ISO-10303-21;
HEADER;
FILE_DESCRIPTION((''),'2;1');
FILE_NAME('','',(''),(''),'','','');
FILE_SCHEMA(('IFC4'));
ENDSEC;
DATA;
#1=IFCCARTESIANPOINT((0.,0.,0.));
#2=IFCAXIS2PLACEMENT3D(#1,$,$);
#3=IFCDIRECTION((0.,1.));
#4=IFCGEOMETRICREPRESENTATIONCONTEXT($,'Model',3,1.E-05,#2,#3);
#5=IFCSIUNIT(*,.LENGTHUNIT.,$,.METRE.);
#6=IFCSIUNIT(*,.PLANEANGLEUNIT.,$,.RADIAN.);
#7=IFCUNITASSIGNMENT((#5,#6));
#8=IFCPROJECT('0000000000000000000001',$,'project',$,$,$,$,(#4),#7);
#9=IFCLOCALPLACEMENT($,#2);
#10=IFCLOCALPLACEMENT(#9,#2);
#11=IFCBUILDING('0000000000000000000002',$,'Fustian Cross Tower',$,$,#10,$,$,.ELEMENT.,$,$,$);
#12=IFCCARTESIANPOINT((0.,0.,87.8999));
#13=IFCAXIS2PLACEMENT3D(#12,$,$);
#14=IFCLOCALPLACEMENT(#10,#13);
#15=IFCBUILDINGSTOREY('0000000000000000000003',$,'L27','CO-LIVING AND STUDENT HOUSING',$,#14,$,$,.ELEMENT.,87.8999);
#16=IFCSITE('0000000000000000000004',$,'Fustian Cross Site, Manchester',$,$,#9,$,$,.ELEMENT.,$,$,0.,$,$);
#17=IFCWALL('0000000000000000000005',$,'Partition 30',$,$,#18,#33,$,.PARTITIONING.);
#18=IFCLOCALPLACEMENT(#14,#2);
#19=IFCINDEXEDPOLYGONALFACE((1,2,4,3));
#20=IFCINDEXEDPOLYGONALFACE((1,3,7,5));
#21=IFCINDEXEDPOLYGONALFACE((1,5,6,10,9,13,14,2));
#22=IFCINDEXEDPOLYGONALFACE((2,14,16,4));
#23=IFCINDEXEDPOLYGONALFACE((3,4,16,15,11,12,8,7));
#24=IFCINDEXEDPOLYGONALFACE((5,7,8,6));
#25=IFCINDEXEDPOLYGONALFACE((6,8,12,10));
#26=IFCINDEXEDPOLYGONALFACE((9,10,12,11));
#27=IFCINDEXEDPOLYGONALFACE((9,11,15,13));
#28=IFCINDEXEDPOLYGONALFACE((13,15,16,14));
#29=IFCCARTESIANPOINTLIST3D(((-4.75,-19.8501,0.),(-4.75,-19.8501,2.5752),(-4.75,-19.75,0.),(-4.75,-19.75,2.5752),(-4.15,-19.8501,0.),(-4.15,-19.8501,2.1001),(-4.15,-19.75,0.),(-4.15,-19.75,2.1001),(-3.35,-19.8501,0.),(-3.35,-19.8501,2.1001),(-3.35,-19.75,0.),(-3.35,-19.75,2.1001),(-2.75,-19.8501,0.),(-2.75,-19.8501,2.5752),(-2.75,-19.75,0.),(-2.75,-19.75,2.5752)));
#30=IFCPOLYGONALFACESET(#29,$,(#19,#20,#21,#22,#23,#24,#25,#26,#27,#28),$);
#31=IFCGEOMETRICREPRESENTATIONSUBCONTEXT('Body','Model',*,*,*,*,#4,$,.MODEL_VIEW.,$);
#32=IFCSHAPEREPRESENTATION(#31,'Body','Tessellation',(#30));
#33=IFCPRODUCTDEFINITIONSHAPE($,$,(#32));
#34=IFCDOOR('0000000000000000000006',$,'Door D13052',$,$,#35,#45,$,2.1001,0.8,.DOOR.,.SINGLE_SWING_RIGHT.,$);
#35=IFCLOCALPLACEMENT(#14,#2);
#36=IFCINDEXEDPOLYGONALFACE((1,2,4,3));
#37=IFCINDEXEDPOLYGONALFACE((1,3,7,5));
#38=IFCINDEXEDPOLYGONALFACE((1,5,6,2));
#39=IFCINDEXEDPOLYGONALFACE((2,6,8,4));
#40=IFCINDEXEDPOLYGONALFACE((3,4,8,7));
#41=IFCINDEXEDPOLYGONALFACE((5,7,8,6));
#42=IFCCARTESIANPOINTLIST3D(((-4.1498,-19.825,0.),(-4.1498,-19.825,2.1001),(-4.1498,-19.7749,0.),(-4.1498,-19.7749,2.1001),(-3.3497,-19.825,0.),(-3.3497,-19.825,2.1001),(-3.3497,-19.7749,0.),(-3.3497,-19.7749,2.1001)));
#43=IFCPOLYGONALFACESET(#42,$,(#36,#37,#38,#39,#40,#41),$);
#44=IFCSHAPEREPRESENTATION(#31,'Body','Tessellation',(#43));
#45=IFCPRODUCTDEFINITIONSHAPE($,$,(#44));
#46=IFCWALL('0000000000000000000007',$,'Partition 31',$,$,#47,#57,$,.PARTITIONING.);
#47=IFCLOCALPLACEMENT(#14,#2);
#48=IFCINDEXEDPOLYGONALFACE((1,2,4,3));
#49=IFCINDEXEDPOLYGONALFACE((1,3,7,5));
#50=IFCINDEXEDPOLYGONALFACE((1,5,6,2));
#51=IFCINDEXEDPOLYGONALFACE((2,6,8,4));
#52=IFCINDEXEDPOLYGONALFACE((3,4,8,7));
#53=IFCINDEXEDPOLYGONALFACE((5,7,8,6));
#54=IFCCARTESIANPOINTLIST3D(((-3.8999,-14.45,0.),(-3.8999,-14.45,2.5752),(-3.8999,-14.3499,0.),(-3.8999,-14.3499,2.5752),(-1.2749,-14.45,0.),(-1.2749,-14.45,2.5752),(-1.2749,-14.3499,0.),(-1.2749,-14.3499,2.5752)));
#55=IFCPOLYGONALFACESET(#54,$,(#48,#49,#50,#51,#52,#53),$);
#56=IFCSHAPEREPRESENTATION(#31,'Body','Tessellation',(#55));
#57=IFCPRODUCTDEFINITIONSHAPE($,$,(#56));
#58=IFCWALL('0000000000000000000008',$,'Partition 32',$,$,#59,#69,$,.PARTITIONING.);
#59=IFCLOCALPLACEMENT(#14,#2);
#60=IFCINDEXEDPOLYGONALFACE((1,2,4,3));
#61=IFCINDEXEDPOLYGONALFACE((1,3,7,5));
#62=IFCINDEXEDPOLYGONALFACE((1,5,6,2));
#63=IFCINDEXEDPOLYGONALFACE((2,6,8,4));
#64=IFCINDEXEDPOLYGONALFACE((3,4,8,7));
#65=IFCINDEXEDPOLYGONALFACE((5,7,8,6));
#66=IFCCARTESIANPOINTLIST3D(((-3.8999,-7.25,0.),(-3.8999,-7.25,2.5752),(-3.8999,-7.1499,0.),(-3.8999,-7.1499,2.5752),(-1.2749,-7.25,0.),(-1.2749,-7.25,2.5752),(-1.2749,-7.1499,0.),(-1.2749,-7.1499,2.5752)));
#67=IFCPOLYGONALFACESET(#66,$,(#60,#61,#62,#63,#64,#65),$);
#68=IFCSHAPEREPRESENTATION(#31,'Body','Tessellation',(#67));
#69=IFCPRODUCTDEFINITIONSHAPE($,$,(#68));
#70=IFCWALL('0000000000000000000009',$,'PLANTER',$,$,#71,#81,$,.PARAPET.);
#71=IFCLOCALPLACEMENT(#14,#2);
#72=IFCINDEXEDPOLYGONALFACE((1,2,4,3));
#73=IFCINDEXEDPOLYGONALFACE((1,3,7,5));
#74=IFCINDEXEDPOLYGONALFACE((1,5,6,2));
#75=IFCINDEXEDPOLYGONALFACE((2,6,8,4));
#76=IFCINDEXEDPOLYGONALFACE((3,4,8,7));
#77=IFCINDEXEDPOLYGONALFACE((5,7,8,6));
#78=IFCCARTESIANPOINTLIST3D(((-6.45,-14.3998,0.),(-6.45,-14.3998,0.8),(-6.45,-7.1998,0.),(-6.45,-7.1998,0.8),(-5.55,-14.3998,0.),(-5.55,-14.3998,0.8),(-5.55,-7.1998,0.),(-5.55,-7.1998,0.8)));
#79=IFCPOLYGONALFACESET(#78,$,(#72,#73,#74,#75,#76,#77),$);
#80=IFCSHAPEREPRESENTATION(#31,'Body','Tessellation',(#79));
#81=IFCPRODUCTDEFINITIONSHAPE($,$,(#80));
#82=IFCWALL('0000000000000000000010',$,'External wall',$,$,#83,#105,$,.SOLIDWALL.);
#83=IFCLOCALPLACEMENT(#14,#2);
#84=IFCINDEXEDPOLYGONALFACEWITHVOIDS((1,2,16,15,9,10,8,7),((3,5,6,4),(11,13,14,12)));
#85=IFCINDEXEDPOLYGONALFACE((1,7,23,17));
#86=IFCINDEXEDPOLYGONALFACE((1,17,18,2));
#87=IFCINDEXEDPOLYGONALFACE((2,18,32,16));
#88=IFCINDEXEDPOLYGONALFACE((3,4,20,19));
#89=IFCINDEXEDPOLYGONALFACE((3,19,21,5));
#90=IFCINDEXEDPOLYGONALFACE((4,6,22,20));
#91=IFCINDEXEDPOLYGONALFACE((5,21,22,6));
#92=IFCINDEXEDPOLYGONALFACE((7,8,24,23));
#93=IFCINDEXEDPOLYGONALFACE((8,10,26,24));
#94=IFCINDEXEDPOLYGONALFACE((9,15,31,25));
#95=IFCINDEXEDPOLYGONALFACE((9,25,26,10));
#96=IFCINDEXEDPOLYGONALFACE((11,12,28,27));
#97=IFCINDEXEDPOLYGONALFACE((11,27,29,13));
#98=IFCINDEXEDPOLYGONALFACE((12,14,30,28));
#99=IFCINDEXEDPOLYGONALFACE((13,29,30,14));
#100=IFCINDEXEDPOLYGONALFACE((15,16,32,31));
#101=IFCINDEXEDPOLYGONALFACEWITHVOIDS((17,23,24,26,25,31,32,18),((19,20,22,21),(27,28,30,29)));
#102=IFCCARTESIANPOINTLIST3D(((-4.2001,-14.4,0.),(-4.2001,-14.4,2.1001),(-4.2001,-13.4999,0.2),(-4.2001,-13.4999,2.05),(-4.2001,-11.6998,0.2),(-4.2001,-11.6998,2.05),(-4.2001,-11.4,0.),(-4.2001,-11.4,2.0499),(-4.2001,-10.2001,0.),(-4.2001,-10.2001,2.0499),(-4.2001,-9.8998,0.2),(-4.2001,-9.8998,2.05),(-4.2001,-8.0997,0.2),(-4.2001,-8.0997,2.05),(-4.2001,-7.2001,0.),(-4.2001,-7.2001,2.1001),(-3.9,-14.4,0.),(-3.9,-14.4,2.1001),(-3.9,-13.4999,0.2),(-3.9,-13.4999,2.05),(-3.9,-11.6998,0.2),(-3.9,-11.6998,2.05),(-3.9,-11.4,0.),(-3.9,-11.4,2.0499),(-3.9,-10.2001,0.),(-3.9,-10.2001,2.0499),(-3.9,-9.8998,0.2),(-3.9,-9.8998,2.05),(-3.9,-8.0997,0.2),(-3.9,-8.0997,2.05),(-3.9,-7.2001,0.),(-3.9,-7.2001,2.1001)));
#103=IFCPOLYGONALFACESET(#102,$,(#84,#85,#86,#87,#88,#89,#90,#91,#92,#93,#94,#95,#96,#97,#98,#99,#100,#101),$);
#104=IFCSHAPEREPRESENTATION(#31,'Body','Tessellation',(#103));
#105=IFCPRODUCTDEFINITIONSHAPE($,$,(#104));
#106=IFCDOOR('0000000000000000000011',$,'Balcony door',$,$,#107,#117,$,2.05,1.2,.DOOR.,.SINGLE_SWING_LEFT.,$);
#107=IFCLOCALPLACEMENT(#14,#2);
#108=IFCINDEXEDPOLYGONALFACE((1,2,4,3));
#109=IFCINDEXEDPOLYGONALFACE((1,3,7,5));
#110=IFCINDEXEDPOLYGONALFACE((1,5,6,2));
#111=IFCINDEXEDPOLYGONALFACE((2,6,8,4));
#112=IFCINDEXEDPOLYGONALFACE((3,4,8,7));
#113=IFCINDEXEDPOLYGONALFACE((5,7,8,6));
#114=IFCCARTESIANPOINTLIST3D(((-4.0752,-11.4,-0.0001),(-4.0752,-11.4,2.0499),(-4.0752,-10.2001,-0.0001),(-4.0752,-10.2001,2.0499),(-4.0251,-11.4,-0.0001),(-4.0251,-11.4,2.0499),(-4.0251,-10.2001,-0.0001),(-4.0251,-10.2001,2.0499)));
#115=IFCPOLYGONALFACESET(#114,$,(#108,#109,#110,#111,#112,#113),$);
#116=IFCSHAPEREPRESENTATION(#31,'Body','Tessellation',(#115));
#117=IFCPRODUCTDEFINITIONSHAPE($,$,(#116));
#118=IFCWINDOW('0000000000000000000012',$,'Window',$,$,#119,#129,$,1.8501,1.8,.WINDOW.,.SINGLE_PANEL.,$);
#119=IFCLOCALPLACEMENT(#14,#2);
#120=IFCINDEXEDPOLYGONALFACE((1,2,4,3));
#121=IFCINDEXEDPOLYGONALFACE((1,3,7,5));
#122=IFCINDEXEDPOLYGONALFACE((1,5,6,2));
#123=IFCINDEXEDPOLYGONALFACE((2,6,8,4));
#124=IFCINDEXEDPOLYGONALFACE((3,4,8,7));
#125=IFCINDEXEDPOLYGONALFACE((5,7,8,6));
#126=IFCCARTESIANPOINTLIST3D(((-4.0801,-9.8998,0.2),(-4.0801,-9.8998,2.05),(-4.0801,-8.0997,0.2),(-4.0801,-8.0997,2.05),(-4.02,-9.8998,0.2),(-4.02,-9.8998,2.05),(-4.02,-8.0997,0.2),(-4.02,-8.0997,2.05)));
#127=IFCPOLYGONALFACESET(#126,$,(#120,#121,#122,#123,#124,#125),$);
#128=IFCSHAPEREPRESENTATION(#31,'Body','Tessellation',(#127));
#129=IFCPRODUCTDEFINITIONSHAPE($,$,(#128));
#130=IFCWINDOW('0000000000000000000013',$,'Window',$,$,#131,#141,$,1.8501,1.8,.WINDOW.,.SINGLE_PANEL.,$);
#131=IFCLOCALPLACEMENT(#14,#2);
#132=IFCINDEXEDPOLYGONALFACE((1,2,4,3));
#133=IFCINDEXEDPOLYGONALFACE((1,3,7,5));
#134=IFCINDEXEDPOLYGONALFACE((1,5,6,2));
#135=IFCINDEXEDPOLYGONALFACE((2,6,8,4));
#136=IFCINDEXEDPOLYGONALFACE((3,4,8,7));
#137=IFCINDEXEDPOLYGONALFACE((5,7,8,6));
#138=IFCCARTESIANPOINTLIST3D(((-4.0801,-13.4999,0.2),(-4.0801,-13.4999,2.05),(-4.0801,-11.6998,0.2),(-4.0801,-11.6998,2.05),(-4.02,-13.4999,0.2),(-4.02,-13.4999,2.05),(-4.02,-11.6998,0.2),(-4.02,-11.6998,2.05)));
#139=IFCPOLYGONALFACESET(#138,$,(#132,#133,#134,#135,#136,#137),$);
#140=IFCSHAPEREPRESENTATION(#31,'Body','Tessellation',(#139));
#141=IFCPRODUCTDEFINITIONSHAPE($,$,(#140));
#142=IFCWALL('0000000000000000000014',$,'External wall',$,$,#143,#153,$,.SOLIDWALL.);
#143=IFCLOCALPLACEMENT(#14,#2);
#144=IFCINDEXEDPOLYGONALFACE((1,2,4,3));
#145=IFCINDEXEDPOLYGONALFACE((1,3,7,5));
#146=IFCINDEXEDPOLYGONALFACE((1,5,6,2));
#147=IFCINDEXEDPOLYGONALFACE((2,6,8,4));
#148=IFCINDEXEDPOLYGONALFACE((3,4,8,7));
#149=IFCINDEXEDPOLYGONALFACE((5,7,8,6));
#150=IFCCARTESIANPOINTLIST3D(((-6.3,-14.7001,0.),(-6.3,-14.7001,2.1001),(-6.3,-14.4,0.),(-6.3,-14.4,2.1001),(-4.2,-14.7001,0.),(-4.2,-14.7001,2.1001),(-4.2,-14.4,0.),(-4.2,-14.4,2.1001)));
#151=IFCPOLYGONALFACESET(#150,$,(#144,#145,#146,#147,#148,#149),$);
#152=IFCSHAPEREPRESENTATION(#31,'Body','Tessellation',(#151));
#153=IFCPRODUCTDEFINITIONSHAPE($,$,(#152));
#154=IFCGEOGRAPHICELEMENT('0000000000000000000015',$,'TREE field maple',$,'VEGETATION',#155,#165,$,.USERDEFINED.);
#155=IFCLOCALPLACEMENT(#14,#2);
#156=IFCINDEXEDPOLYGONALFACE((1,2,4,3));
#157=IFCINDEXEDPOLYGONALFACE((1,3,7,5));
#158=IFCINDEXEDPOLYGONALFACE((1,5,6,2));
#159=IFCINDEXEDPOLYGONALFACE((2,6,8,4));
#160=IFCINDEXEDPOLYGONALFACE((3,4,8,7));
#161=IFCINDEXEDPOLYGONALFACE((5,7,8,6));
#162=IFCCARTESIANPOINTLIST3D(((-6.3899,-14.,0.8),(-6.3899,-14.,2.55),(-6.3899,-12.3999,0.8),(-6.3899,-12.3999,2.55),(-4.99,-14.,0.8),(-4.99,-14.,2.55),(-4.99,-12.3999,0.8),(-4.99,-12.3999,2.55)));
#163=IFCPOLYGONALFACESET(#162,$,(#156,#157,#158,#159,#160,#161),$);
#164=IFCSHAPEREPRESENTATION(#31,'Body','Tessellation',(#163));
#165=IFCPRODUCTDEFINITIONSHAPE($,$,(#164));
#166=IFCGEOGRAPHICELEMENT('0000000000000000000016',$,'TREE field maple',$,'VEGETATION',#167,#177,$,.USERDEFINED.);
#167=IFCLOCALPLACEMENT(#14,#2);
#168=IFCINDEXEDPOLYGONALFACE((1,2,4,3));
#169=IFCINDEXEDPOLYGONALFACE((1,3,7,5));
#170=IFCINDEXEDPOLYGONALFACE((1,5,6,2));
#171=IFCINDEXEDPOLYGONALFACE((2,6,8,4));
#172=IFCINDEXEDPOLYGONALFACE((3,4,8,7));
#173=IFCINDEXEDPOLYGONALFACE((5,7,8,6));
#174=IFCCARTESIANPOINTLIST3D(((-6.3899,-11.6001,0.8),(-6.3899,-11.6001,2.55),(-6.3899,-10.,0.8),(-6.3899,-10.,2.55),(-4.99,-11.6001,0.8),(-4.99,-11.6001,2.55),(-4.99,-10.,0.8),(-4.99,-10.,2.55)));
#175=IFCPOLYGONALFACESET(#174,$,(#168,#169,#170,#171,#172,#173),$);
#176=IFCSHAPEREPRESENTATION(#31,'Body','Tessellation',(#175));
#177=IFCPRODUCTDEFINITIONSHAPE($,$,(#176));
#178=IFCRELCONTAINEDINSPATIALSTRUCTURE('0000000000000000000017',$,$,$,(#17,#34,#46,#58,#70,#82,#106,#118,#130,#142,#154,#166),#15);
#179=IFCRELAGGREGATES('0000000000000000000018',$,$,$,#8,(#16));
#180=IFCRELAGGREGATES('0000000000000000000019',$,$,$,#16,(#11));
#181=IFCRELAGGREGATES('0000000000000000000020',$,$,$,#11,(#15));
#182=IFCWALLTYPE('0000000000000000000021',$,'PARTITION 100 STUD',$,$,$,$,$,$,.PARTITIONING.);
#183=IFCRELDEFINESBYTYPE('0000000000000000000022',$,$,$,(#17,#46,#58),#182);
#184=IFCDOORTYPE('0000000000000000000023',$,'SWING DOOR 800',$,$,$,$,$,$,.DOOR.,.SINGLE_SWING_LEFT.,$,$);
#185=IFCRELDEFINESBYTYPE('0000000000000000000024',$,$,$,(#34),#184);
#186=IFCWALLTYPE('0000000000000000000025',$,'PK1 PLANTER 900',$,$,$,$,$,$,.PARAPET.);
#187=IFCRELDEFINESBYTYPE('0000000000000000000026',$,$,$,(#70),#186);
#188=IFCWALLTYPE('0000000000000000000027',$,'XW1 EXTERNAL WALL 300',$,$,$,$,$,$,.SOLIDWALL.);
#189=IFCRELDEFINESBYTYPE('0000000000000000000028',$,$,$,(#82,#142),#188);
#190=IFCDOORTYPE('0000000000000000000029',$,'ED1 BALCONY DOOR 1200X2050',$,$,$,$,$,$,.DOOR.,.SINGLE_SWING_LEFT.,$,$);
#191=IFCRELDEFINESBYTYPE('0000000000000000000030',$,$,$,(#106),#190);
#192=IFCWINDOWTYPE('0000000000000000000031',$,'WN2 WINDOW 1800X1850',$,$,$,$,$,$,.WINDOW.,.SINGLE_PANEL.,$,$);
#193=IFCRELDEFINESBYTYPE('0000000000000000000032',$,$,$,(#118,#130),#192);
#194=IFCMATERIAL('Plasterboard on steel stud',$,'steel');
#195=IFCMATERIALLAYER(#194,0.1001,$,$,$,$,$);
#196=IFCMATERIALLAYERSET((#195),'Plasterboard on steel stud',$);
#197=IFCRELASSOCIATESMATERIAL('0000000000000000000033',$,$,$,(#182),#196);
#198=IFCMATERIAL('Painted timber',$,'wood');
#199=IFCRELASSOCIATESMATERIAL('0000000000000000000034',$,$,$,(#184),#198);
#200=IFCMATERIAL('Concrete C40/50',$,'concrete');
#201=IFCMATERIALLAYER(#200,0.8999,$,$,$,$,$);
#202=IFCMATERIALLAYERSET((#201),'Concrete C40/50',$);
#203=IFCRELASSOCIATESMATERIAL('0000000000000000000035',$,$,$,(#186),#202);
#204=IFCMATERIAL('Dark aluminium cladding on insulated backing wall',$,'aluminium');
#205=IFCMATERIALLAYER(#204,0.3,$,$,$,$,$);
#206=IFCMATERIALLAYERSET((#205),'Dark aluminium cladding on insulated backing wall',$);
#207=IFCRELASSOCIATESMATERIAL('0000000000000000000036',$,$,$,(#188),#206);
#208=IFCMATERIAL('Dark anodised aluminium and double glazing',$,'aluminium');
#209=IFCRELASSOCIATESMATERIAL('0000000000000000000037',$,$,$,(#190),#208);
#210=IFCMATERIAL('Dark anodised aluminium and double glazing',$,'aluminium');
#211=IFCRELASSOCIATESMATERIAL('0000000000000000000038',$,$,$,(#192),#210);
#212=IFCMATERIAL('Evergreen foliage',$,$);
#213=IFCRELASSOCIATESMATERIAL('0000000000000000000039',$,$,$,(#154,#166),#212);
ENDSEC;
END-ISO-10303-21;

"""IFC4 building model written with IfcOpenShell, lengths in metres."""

from ifc_helpers import new_model, si_unit, direction, frame, frame_2d, origin, origin_2d, place, context, subcontext, project, spatial, rectangle, extrude, material, layer, layer_set, type_object, element, fill, save


model = new_model("IFC4")

# Units and contexts
model_context = context("Model", 3, precision=1e-05, world=origin(), true_north=direction((0.0, 1.0)))
body_context = subcontext(model_context, "Body", "Model", "MODEL_VIEW")
ifc_project = project(units=[si_unit("LENGTHUNIT", "METRE"), si_unit("PLANEANGLEUNIT", "RADIAN")], contexts=[model_context])

# Site, building, storey
site_placement = place(None, origin())
site = spatial("IfcSite", under=ifc_project, at=site_placement, Name="Fustian Cross Site, Manchester", CompositionType="ELEMENT", RefElevation=0.0)
building_placement = place(site_placement, origin())
building = spatial("IfcBuilding", under=site, at=building_placement, Name="Fustian Cross Tower", CompositionType="ELEMENT")
storey_placement = place(building_placement, frame((0.0, 0.0, 87.8999)))
storey = spatial("IfcBuildingStorey", under=building, at=storey_placement, Name="L27", Description="CO-LIVING AND STUDENT HOUSING", CompositionType="ELEMENT", Elevation=87.8999)

# Shared definitions
ifc_material_1 = material(Name="Plasterboard on steel stud", Category="steel")
ifc_layer_1 = layer(ifc_material_1, 0.1001)
ifc_layer_set_1 = layer_set([ifc_layer_1], Name="Plasterboard on steel stud")
wall_type_1 = type_object("IfcWallType", Name="PARTITION 100 STUD", PredefinedType="PARTITIONING", material=ifc_layer_set_1)

# Wall, opening, door
ifc_material_2 = material(Name="Painted timber", Category="wood")
door_type_1 = type_object("IfcDoorType", Name="SWING DOOR 800", OperationType="SINGLE_SWING_LEFT", PredefinedType="DOOR", material=ifc_material_2)
wall_1_placement = place(storey_placement, frame((-4.75, -19.8, 0.0), z_axis=(0.0, 0.0, 1.0), x_axis=(1.0, 0.0, 0.0)))
wall_1 = element("IfcWall", 1, at=wall_1_placement, inside=storey, type_object=wall_type_1, Name="Partition 30", PredefinedType="PARTITIONING", context=body_context, shape_type="SweptSolid", body=[
    extrude(rectangle(XDim=2.0, YDim=0.1001, at=frame_2d((1.0, 0.0))), origin(), (0.0, 0.0, 1.0), 2.5752),
])
opening_1_placement = place(wall_1_placement, frame((0.6001, 0.0, 0.0)))
opening_1 = element("IfcOpeningElement", 2, at=opening_1_placement, cuts=wall_1, PredefinedType="OPENING", context=body_context, shape_type="SweptSolid", body=[
    extrude(rectangle(XDim=0.8, YDim=2.1001, at=frame_2d((0.3999, 1.05))), frame((0.0, 0.0601, 0.0), z_axis=(0.0, -1.0, 0.0), x_axis=(1.0, 0.0, 0.0)), (0.0, 0.0, 1.0), 0.1201),
])
door_1_placement = place(opening_1_placement, frame((0.8, 0.0, 0.0), z_axis=(0.0, 0.0, 1.0), x_axis=(-1.0, 0.0, 0.0)))
door_1 = element("IfcDoor", 3, at=door_1_placement, inside=storey, type_object=door_type_1, Name="Door D13052", OperationType="SINGLE_SWING_RIGHT", OverallHeight=2.1001, OverallWidth=0.8, PredefinedType="DOOR", context=body_context, shape_type="SweptSolid", body=[
    extrude(rectangle(XDim=0.8, YDim=2.1001, at=frame_2d((0.3999, 1.05))), frame((0.0, 0.0249, 0.0), z_axis=(0.0, -1.0, 0.0), x_axis=(1.0, 0.0, 0.0)), (0.0, 0.0, 1.0), 0.05),
])
fill(opening_1, door_1)

# Walls
for number, where, z_axis, x_axis, name in (
    (4, (-3.8999, -14.3999, 0.0), (0.0, 0.0, 1.0), (1.0, 0.0, 0.0), "Partition 31"),
    (5, (-3.8999, -7.2, 0.0), (0.0, 0.0, 1.0), (1.0, 0.0, 0.0), "Partition 32"),
):
    element("IfcWall", number, at=place(storey_placement, frame(where, z_axis=z_axis, x_axis=x_axis)), inside=storey, type_object=wall_type_1, Name=name, PredefinedType="PARTITIONING", context=body_context, shape_type="SweptSolid", body=[
        extrude(rectangle(XDim=2.625, YDim=0.1001, at=frame_2d((1.3125, 0.0))), origin(), (0.0, 0.0, 1.0), 2.5752),
    ])
ifc_material_3 = material(Name="Concrete C40/50", Category="concrete")
ifc_layer_2 = layer(ifc_material_3, 0.8999)
ifc_layer_set_2 = layer_set([ifc_layer_2], Name="Concrete C40/50")
wall_type_2 = type_object("IfcWallType", Name="PK1 PLANTER 900", PredefinedType="PARAPET", material=ifc_layer_set_2)
wall_2_placement = place(storey_placement, frame((-6.0, -14.3999, 0.0), z_axis=(0.0, 0.0, 1.0), x_axis=(0.0, 1.0, 0.0)))
element("IfcWall", 6, at=wall_2_placement, inside=storey, type_object=wall_type_2, Name="PLANTER", PredefinedType="PARAPET", context=body_context, shape_type="SweptSolid", body=[
    extrude(rectangle(XDim=7.2, YDim=0.8999, at=frame_2d((3.6001, 0.0))), origin(), (0.0, 0.0, 1.0), 0.8),
])

# Wall, openings, door, windows
ifc_material_4 = material(Name="Dark aluminium cladding on insulated backing wall", Category="aluminium")
ifc_layer_3 = layer(ifc_material_4, 0.3)
ifc_layer_set_3 = layer_set([ifc_layer_3], Name="Dark aluminium cladding on insulated backing wall")
wall_type_3 = type_object("IfcWallType", Name="XW1 EXTERNAL WALL 300", PredefinedType="SOLIDWALL", material=ifc_layer_set_3)
wall_3_placement = place(storey_placement, frame((-4.05, -7.2, 0.0), z_axis=(0.0, 0.0, 1.0), x_axis=(0.0, -1.0, 0.0)))
wall_3 = element("IfcWall", 7, at=wall_3_placement, inside=storey, type_object=wall_type_3, Name="External wall", PredefinedType="SOLIDWALL", context=body_context, shape_type="SweptSolid", body=[
    extrude(rectangle(XDim=7.2, YDim=0.3, at=frame_2d((3.6001, 0.0))), origin(), (0.0, 0.0, 1.0), 2.1001),
])
opening_2_placement = place(wall_3_placement, frame((3.0, 0.0, 0.0)))
opening_2 = element("IfcOpeningElement", 8, at=opening_2_placement, cuts=wall_3, PredefinedType="OPENING", context=body_context, shape_type="SweptSolid", body=[
    extrude(rectangle(XDim=1.2, YDim=2.05, at=frame_2d((0.6001, 1.0249))), frame((0.0, 0.1599, 0.0), z_axis=(0.0, -1.0, 0.0), x_axis=(1.0, 0.0, 0.0)), (0.0, 0.0, 1.0), 0.3201),
])
opening_3_placement = place(wall_3_placement, frame((0.8999, 0.0, 0.2)))
opening_3 = element("IfcOpeningElement", 9, at=opening_3_placement, cuts=wall_3, PredefinedType="OPENING", context=body_context, shape_type="SweptSolid", body=[
    extrude(rectangle(XDim=1.8, YDim=1.8501, at=frame_2d((0.8999, 0.925))), frame((0.0, 0.1599, 0.0), z_axis=(0.0, -1.0, 0.0), x_axis=(1.0, 0.0, 0.0)), (0.0, 0.0, 1.0), 0.3201),
])
opening_4_placement = place(wall_3_placement, frame((4.5, 0.0, 0.2)))
opening_4 = element("IfcOpeningElement", 10, at=opening_4_placement, cuts=wall_3, PredefinedType="OPENING", context=body_context, shape_type="SweptSolid", body=[
    extrude(rectangle(XDim=1.8, YDim=1.8501, at=frame_2d((0.8999, 0.925))), frame((0.0, 0.1599, 0.0), z_axis=(0.0, -1.0, 0.0), x_axis=(1.0, 0.0, 0.0)), (0.0, 0.0, 1.0), 0.3201),
])
ifc_material_5 = material(Name="Dark anodised aluminium and double glazing", Category="aluminium")
door_type_2 = type_object("IfcDoorType", Name="ED1 BALCONY DOOR 1200X2050", OperationType="SINGLE_SWING_LEFT", PredefinedType="DOOR", material=ifc_material_5)
door_2_placement = place(opening_2_placement, origin())
door_2 = element("IfcDoor", 11, at=door_2_placement, inside=storey, type_object=door_type_2, Name="Balcony door", OperationType="SINGLE_SWING_LEFT", OverallHeight=2.05, OverallWidth=1.2, PredefinedType="DOOR", context=body_context, shape_type="SweptSolid", body=[
    extrude(rectangle(XDim=1.2, YDim=2.05, at=frame_2d((0.6001, 1.0249))), frame((0.0, 0.0249, 0.0), z_axis=(0.0, -1.0, 0.0), x_axis=(1.0, 0.0, 0.0)), (0.0, 0.0, 1.0), 0.05),
])
fill(opening_2, door_2)
ifc_material_6 = material(Name="Dark anodised aluminium and double glazing", Category="aluminium")
window_type = type_object("IfcWindowType", Name="WN2 WINDOW 1800X1850", PartitioningType="SINGLE_PANEL", PredefinedType="WINDOW", material=ifc_material_6)
window_1_placement = place(opening_3_placement, origin())
window_1 = element("IfcWindow", 12, at=window_1_placement, inside=storey, type_object=window_type, Name="Window", OverallHeight=1.8501, OverallWidth=1.8, PartitioningType="SINGLE_PANEL", PredefinedType="WINDOW", context=body_context, shape_type="SweptSolid", body=[
    extrude(rectangle(XDim=1.8, YDim=1.8501, at=frame_2d((0.8999, 0.925))), frame((0.0, 0.03, 0.0), z_axis=(0.0, -1.0, 0.0), x_axis=(1.0, 0.0, 0.0)), (0.0, 0.0, 1.0), 0.0601),
])
fill(opening_3, window_1)
window_2_placement = place(opening_4_placement, origin())
window_2 = element("IfcWindow", 13, at=window_2_placement, inside=storey, type_object=window_type, Name="Window", OverallHeight=1.8501, OverallWidth=1.8, PartitioningType="SINGLE_PANEL", PredefinedType="WINDOW", context=body_context, shape_type="SweptSolid", body=[
    extrude(rectangle(XDim=1.8, YDim=1.8501, at=frame_2d((0.8999, 0.925))), frame((0.0, 0.03, 0.0), z_axis=(0.0, -1.0, 0.0), x_axis=(1.0, 0.0, 0.0)), (0.0, 0.0, 1.0), 0.0601),
])
fill(opening_4, window_2)

# Wall
wall_4_placement = place(storey_placement, frame((-4.2, -14.55, 0.0), z_axis=(0.0, 0.0, 1.0), x_axis=(-1.0, 0.0, 0.0)))
element("IfcWall", 14, at=wall_4_placement, inside=storey, type_object=wall_type_3, Name="External wall", PredefinedType="SOLIDWALL", context=body_context, shape_type="SweptSolid", body=[
    extrude(rectangle(XDim=2.1001, YDim=0.3, at=frame_2d((1.05, 0.0))), origin(), (0.0, 0.0, 1.0), 2.1001),
])

# Geographic elements
ifc_material_7 = material(Name="Evergreen foliage")
for number, where, z_axis, x_axis, name in (
    (15, (-5.6899, -13.2, 0.8), (0.0, 0.0, 1.0), (1.0, 0.0, 0.0), "TREE field maple"),
    (16, (-5.6899, -10.8, 0.8), (0.0, 0.0, 1.0), (1.0, 0.0, 0.0), "TREE field maple"),
):
    element("IfcGeographicElement", number, at=place(storey_placement, frame(where, z_axis=z_axis, x_axis=x_axis)), inside=storey, material=ifc_material_7, Name=name, ObjectType="VEGETATION", PredefinedType="USERDEFINED", context=body_context, shape_type="SweptSolid", body=[
        extrude(rectangle(XDim=1.3999, YDim=1.6001, at=origin_2d()), origin(), (0.0, 0.0, 1.0), 1.75),
    ])

save(model, "model.ifc")
